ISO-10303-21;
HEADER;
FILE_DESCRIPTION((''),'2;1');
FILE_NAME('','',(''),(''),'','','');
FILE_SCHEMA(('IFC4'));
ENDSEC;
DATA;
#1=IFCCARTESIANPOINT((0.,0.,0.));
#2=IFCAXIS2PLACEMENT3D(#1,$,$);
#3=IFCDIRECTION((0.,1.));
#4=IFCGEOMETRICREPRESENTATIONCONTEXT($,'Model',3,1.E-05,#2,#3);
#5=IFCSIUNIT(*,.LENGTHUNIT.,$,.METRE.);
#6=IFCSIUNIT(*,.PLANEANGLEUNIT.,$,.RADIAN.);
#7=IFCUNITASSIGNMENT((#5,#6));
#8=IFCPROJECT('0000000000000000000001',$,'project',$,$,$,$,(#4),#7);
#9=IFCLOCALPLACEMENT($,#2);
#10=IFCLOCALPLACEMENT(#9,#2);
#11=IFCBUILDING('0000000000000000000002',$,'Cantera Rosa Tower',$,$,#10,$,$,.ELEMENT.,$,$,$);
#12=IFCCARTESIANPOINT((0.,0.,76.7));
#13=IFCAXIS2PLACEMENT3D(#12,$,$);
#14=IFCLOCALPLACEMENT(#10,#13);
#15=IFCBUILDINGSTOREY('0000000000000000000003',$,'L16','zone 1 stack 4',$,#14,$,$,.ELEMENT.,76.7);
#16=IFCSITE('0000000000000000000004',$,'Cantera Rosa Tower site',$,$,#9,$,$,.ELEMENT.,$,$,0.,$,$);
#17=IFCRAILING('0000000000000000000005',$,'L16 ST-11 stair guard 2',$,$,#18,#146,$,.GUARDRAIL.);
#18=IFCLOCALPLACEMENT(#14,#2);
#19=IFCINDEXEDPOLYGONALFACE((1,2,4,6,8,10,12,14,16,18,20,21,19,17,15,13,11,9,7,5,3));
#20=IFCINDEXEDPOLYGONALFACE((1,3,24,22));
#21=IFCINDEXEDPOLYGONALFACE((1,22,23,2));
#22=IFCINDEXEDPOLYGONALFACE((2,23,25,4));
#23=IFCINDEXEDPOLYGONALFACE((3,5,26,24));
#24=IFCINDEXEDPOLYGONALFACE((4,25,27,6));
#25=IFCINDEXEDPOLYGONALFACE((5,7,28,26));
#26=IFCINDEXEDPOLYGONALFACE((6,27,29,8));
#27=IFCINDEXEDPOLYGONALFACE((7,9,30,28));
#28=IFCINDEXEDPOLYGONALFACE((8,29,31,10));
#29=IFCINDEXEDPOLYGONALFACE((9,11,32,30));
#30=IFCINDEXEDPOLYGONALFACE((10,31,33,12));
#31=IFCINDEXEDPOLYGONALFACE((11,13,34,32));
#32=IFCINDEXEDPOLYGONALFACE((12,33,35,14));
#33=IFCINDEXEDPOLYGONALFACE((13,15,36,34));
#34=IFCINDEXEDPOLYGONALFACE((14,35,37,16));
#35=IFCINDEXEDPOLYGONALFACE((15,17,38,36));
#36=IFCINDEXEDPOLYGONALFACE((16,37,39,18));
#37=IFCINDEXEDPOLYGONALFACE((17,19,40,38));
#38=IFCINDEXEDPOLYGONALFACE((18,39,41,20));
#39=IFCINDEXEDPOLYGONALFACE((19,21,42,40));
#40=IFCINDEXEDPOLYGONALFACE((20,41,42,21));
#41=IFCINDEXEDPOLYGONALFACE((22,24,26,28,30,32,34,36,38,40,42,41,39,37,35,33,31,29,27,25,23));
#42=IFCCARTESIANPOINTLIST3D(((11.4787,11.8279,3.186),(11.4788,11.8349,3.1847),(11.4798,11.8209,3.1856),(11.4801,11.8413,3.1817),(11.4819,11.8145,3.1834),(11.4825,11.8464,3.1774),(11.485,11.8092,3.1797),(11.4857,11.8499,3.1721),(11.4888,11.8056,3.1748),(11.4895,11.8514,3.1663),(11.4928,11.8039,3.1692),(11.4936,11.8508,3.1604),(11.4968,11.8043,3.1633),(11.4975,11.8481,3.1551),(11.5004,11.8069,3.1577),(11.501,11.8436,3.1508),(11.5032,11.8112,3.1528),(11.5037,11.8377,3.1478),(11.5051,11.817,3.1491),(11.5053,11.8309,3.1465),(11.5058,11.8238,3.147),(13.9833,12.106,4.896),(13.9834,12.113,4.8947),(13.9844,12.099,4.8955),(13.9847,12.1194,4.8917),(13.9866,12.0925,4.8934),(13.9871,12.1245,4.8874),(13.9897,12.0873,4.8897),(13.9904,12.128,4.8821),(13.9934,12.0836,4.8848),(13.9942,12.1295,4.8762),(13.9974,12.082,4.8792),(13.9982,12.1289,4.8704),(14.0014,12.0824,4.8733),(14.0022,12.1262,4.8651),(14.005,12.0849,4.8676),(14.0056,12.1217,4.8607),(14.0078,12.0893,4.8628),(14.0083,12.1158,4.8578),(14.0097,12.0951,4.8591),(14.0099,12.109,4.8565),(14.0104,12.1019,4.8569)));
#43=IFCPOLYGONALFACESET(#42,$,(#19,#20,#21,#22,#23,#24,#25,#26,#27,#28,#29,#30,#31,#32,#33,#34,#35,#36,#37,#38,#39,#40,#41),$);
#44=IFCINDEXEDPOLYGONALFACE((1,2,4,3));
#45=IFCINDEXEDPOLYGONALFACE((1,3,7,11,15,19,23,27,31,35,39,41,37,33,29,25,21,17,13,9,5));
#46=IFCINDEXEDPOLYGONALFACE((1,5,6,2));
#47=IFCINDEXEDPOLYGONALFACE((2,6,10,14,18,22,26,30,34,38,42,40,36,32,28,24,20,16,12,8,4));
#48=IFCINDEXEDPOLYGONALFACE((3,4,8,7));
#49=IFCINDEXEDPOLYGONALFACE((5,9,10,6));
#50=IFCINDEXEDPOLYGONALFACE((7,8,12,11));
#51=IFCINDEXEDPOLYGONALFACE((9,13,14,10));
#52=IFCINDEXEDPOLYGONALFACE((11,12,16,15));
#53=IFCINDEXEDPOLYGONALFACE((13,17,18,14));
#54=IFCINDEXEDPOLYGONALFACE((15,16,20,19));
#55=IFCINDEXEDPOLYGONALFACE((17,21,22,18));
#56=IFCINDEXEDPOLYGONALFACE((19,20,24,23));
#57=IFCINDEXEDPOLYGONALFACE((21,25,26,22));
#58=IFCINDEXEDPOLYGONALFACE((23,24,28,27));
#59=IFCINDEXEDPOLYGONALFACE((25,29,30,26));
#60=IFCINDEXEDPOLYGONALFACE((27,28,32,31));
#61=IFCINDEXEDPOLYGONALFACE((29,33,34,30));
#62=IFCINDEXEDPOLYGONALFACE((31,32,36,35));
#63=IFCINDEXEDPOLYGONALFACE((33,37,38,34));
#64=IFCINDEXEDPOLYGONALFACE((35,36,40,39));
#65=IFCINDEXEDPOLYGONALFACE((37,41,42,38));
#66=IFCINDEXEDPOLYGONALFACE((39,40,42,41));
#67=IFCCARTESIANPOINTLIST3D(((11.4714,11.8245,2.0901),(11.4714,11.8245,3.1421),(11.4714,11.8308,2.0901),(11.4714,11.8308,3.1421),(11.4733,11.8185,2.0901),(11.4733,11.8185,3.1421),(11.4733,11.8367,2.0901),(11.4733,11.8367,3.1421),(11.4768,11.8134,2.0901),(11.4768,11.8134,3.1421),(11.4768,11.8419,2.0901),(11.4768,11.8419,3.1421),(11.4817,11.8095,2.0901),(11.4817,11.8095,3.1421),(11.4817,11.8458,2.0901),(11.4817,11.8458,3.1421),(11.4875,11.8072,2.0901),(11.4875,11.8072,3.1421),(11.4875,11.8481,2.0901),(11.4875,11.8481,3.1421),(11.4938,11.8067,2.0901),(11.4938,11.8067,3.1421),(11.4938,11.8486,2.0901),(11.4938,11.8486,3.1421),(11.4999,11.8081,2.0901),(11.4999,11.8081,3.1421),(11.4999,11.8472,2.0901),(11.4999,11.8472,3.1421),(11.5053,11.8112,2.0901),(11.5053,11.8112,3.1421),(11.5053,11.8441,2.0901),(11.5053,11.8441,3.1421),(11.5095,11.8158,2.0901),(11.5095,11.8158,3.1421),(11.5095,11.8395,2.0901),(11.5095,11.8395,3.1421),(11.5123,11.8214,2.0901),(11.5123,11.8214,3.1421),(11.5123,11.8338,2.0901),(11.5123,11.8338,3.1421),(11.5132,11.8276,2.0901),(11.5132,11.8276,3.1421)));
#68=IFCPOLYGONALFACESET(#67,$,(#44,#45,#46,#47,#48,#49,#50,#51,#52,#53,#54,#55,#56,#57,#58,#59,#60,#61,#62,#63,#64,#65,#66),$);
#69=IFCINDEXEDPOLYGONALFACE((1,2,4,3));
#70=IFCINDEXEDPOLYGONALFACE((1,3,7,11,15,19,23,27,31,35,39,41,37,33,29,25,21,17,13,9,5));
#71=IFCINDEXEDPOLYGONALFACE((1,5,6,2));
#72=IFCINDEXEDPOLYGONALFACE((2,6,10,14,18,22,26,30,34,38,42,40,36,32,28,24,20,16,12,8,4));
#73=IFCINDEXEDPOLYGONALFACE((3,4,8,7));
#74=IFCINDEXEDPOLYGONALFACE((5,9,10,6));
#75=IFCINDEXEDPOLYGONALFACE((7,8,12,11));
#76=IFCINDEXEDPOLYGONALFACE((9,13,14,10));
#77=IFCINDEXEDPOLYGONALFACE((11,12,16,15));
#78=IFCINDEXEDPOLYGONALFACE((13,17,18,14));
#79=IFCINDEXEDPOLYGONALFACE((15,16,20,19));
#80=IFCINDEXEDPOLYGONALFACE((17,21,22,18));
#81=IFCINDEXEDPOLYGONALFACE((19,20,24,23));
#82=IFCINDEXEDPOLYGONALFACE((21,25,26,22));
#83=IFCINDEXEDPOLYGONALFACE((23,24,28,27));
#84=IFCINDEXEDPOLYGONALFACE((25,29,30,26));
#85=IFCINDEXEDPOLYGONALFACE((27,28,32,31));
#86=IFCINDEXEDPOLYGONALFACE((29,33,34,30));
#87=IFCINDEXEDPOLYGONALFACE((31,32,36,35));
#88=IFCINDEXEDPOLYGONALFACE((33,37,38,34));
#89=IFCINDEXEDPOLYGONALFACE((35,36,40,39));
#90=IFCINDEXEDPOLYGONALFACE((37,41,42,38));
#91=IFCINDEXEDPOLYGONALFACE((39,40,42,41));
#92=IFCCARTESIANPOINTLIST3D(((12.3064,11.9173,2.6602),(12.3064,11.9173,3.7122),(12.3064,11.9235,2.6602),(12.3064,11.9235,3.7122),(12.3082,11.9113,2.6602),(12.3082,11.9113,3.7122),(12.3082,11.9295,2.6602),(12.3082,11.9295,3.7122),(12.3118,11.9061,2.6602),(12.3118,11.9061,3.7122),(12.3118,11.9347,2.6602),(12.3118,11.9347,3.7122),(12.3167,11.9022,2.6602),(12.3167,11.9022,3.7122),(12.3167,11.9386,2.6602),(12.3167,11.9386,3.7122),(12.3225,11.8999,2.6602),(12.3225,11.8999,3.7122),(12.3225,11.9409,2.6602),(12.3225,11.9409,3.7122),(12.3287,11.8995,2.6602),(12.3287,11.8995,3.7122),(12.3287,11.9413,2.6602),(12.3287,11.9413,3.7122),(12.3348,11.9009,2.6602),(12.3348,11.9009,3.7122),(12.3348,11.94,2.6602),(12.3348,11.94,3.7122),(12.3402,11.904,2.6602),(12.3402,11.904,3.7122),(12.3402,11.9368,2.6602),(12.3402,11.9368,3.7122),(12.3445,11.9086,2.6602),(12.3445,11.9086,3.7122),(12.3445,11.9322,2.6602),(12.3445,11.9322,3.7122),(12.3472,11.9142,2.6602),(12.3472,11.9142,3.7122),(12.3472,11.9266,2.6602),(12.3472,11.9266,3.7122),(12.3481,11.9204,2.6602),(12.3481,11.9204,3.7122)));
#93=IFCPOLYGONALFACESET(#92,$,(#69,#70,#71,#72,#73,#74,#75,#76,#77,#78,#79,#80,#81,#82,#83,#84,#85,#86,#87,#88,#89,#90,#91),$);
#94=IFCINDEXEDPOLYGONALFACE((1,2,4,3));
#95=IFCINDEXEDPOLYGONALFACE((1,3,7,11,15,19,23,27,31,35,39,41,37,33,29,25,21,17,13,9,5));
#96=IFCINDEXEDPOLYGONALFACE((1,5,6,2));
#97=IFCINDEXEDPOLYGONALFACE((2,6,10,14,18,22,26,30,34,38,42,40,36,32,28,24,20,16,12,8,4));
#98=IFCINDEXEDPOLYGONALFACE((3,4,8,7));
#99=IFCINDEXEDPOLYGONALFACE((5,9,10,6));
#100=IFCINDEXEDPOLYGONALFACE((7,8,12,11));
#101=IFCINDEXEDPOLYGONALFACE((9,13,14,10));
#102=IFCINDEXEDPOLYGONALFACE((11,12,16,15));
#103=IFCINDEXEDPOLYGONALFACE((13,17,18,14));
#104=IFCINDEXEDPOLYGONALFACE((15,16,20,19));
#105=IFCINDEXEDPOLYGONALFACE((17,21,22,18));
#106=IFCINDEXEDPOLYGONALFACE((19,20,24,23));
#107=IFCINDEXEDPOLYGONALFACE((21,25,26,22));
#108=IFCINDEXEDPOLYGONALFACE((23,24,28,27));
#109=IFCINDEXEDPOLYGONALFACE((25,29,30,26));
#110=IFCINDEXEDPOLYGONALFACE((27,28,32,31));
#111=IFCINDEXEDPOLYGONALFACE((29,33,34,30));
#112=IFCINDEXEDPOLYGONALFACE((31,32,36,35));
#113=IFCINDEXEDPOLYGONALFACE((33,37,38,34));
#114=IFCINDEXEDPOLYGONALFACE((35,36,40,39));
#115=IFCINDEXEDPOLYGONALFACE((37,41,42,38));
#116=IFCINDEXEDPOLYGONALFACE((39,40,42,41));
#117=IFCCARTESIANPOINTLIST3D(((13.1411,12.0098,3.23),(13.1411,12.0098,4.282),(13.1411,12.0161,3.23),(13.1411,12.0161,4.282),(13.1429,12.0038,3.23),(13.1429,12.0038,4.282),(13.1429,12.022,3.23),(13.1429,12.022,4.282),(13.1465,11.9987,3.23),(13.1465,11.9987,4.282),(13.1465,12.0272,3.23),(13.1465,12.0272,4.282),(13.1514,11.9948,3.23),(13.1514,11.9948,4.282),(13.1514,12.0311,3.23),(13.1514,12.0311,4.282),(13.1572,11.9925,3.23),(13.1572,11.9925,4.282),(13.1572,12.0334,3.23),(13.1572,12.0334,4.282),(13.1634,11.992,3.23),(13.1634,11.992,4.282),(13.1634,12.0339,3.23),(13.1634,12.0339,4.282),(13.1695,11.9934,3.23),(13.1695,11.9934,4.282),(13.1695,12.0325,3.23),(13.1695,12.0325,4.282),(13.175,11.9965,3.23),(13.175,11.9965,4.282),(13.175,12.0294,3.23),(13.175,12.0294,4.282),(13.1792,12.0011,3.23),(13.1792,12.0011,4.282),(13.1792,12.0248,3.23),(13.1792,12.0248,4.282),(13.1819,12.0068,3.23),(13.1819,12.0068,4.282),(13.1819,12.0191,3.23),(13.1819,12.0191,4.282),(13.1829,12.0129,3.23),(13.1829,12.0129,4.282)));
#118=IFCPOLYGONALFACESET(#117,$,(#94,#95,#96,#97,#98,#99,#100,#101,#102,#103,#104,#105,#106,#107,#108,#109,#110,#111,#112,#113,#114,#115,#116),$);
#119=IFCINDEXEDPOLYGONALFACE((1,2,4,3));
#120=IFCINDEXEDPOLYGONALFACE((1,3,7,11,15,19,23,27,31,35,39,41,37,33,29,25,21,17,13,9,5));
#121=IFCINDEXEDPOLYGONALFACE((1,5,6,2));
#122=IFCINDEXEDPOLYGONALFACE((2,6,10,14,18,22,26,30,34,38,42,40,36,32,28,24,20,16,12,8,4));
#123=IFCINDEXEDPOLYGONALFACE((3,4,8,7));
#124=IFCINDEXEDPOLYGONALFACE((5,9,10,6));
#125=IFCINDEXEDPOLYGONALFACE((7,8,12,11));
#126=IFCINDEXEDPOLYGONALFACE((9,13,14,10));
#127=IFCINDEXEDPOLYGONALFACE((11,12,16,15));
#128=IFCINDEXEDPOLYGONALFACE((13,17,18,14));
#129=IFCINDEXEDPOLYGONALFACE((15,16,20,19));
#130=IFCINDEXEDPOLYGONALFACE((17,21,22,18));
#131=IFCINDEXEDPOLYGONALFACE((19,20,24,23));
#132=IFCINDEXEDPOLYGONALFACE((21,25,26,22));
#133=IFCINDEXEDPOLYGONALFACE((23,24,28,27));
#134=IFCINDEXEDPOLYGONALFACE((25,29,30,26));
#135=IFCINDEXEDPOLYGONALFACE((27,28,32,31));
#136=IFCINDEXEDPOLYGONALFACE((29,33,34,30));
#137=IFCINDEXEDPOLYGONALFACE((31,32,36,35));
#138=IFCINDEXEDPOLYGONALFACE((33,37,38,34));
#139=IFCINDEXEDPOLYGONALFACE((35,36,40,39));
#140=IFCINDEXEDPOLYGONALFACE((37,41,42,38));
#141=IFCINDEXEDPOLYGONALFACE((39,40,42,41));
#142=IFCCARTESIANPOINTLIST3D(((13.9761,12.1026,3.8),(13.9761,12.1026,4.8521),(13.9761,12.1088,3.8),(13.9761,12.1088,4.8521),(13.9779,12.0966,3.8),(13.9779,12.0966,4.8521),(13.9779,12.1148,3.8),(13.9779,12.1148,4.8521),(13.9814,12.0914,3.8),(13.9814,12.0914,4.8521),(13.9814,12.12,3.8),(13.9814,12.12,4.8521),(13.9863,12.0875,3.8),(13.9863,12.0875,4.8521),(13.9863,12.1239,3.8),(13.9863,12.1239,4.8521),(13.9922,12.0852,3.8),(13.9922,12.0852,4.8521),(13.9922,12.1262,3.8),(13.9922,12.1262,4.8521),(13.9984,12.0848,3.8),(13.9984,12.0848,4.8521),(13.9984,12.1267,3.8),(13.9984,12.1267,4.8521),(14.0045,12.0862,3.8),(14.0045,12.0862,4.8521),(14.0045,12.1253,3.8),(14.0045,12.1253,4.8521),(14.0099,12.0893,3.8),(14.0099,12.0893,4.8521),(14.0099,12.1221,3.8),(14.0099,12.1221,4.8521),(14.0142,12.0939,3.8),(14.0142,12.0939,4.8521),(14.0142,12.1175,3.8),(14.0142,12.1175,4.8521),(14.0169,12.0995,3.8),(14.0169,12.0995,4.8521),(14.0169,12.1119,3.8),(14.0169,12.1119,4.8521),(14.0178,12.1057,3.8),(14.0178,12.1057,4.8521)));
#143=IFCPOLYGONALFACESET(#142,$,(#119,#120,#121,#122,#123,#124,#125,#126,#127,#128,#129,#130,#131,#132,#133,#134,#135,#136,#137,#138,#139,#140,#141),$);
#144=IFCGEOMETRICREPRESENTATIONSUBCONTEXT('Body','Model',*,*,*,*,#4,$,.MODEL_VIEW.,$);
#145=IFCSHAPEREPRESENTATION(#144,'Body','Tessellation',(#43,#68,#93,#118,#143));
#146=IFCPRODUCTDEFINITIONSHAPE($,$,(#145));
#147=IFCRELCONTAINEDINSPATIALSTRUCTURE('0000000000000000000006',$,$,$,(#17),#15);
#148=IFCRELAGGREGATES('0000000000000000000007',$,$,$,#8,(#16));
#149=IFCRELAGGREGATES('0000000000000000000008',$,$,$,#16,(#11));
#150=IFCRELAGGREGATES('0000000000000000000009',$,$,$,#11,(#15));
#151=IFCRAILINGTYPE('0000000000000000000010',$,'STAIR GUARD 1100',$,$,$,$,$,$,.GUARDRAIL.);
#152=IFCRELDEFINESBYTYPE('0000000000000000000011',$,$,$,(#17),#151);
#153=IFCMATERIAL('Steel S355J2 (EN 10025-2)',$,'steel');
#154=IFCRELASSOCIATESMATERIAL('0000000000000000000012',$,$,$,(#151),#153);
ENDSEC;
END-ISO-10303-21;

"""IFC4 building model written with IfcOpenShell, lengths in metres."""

from ifc_helpers import new_model, si_unit, direction, frame, origin, origin_2d, place, context, subcontext, project, spatial, circle, extrude, material, type_object, element, save


model = new_model("IFC4")

# Units and contexts
model_context = context("Model", 3, precision=1e-05, world=origin(), true_north=direction((0.0, 1.0)))
body_context = subcontext(model_context, "Body", "Model", "MODEL_VIEW")
ifc_project = project(units=[si_unit("LENGTHUNIT", "METRE"), si_unit("PLANEANGLEUNIT", "RADIAN")], contexts=[model_context])

# Site, building, storey
site_placement = place(None, origin())
site = spatial("IfcSite", under=ifc_project, at=site_placement, Name="Cantera Rosa Tower site", CompositionType="ELEMENT", RefElevation=0.0)
building_placement = place(site_placement, origin())
building = spatial("IfcBuilding", under=site, at=building_placement, Name="Cantera Rosa Tower", CompositionType="ELEMENT")
storey_placement = place(building_placement, frame((0.0, 0.0, 76.7)))
storey = spatial("IfcBuildingStorey", under=building, at=storey_placement, Name="L16", Description="zone 1 stack 4", CompositionType="ELEMENT", Elevation=76.7)

# Railing
ifc_material_1 = material(Name="Steel S355J2 (EN 10025-2)", Category="steel")
railing_type_1 = type_object("IfcRailingType", Name="STAIR GUARD 1100", PredefinedType="GUARDRAIL", material=ifc_material_1)
railing_1_placement = place(storey_placement, frame((11.4922, 11.8276, 2.0901)))
element("IfcRailing", 1, at=railing_1_placement, inside=storey, type_object=railing_type_1, Name="L16 ST-11 stair guard 2", PredefinedType="GUARDRAIL", context=body_context, shape_type="SweptSolid", body=[
    extrude(circle(Radius=0.0239, at=origin_2d()), frame((0.0, 0.0, 1.0762), z_axis=(0.822431, 0.09131, 0.561488), x_axis=(-0.110346, 0.993893, 0.0)), (0.0, 0.0, 1.0), 3.0454),
    extrude(circle(Radius=0.021, at=origin_2d()), origin(), (0.0, 0.0, 1.0), 1.052),
    extrude(circle(Radius=0.021, at=origin_2d()), frame((0.835, 0.0928, 0.5701)), (0.0, 0.0, 1.0), 1.052),
    extrude(circle(Radius=0.021, at=origin_2d()), frame((1.6697, 0.1853, 1.1399)), (0.0, 0.0, 1.0), 1.052),
    extrude(circle(Radius=0.021, at=origin_2d()), frame((2.5046, 0.2781, 1.71)), (0.0, 0.0, 1.0), 1.052),
])

save(model, "model.ifc")
